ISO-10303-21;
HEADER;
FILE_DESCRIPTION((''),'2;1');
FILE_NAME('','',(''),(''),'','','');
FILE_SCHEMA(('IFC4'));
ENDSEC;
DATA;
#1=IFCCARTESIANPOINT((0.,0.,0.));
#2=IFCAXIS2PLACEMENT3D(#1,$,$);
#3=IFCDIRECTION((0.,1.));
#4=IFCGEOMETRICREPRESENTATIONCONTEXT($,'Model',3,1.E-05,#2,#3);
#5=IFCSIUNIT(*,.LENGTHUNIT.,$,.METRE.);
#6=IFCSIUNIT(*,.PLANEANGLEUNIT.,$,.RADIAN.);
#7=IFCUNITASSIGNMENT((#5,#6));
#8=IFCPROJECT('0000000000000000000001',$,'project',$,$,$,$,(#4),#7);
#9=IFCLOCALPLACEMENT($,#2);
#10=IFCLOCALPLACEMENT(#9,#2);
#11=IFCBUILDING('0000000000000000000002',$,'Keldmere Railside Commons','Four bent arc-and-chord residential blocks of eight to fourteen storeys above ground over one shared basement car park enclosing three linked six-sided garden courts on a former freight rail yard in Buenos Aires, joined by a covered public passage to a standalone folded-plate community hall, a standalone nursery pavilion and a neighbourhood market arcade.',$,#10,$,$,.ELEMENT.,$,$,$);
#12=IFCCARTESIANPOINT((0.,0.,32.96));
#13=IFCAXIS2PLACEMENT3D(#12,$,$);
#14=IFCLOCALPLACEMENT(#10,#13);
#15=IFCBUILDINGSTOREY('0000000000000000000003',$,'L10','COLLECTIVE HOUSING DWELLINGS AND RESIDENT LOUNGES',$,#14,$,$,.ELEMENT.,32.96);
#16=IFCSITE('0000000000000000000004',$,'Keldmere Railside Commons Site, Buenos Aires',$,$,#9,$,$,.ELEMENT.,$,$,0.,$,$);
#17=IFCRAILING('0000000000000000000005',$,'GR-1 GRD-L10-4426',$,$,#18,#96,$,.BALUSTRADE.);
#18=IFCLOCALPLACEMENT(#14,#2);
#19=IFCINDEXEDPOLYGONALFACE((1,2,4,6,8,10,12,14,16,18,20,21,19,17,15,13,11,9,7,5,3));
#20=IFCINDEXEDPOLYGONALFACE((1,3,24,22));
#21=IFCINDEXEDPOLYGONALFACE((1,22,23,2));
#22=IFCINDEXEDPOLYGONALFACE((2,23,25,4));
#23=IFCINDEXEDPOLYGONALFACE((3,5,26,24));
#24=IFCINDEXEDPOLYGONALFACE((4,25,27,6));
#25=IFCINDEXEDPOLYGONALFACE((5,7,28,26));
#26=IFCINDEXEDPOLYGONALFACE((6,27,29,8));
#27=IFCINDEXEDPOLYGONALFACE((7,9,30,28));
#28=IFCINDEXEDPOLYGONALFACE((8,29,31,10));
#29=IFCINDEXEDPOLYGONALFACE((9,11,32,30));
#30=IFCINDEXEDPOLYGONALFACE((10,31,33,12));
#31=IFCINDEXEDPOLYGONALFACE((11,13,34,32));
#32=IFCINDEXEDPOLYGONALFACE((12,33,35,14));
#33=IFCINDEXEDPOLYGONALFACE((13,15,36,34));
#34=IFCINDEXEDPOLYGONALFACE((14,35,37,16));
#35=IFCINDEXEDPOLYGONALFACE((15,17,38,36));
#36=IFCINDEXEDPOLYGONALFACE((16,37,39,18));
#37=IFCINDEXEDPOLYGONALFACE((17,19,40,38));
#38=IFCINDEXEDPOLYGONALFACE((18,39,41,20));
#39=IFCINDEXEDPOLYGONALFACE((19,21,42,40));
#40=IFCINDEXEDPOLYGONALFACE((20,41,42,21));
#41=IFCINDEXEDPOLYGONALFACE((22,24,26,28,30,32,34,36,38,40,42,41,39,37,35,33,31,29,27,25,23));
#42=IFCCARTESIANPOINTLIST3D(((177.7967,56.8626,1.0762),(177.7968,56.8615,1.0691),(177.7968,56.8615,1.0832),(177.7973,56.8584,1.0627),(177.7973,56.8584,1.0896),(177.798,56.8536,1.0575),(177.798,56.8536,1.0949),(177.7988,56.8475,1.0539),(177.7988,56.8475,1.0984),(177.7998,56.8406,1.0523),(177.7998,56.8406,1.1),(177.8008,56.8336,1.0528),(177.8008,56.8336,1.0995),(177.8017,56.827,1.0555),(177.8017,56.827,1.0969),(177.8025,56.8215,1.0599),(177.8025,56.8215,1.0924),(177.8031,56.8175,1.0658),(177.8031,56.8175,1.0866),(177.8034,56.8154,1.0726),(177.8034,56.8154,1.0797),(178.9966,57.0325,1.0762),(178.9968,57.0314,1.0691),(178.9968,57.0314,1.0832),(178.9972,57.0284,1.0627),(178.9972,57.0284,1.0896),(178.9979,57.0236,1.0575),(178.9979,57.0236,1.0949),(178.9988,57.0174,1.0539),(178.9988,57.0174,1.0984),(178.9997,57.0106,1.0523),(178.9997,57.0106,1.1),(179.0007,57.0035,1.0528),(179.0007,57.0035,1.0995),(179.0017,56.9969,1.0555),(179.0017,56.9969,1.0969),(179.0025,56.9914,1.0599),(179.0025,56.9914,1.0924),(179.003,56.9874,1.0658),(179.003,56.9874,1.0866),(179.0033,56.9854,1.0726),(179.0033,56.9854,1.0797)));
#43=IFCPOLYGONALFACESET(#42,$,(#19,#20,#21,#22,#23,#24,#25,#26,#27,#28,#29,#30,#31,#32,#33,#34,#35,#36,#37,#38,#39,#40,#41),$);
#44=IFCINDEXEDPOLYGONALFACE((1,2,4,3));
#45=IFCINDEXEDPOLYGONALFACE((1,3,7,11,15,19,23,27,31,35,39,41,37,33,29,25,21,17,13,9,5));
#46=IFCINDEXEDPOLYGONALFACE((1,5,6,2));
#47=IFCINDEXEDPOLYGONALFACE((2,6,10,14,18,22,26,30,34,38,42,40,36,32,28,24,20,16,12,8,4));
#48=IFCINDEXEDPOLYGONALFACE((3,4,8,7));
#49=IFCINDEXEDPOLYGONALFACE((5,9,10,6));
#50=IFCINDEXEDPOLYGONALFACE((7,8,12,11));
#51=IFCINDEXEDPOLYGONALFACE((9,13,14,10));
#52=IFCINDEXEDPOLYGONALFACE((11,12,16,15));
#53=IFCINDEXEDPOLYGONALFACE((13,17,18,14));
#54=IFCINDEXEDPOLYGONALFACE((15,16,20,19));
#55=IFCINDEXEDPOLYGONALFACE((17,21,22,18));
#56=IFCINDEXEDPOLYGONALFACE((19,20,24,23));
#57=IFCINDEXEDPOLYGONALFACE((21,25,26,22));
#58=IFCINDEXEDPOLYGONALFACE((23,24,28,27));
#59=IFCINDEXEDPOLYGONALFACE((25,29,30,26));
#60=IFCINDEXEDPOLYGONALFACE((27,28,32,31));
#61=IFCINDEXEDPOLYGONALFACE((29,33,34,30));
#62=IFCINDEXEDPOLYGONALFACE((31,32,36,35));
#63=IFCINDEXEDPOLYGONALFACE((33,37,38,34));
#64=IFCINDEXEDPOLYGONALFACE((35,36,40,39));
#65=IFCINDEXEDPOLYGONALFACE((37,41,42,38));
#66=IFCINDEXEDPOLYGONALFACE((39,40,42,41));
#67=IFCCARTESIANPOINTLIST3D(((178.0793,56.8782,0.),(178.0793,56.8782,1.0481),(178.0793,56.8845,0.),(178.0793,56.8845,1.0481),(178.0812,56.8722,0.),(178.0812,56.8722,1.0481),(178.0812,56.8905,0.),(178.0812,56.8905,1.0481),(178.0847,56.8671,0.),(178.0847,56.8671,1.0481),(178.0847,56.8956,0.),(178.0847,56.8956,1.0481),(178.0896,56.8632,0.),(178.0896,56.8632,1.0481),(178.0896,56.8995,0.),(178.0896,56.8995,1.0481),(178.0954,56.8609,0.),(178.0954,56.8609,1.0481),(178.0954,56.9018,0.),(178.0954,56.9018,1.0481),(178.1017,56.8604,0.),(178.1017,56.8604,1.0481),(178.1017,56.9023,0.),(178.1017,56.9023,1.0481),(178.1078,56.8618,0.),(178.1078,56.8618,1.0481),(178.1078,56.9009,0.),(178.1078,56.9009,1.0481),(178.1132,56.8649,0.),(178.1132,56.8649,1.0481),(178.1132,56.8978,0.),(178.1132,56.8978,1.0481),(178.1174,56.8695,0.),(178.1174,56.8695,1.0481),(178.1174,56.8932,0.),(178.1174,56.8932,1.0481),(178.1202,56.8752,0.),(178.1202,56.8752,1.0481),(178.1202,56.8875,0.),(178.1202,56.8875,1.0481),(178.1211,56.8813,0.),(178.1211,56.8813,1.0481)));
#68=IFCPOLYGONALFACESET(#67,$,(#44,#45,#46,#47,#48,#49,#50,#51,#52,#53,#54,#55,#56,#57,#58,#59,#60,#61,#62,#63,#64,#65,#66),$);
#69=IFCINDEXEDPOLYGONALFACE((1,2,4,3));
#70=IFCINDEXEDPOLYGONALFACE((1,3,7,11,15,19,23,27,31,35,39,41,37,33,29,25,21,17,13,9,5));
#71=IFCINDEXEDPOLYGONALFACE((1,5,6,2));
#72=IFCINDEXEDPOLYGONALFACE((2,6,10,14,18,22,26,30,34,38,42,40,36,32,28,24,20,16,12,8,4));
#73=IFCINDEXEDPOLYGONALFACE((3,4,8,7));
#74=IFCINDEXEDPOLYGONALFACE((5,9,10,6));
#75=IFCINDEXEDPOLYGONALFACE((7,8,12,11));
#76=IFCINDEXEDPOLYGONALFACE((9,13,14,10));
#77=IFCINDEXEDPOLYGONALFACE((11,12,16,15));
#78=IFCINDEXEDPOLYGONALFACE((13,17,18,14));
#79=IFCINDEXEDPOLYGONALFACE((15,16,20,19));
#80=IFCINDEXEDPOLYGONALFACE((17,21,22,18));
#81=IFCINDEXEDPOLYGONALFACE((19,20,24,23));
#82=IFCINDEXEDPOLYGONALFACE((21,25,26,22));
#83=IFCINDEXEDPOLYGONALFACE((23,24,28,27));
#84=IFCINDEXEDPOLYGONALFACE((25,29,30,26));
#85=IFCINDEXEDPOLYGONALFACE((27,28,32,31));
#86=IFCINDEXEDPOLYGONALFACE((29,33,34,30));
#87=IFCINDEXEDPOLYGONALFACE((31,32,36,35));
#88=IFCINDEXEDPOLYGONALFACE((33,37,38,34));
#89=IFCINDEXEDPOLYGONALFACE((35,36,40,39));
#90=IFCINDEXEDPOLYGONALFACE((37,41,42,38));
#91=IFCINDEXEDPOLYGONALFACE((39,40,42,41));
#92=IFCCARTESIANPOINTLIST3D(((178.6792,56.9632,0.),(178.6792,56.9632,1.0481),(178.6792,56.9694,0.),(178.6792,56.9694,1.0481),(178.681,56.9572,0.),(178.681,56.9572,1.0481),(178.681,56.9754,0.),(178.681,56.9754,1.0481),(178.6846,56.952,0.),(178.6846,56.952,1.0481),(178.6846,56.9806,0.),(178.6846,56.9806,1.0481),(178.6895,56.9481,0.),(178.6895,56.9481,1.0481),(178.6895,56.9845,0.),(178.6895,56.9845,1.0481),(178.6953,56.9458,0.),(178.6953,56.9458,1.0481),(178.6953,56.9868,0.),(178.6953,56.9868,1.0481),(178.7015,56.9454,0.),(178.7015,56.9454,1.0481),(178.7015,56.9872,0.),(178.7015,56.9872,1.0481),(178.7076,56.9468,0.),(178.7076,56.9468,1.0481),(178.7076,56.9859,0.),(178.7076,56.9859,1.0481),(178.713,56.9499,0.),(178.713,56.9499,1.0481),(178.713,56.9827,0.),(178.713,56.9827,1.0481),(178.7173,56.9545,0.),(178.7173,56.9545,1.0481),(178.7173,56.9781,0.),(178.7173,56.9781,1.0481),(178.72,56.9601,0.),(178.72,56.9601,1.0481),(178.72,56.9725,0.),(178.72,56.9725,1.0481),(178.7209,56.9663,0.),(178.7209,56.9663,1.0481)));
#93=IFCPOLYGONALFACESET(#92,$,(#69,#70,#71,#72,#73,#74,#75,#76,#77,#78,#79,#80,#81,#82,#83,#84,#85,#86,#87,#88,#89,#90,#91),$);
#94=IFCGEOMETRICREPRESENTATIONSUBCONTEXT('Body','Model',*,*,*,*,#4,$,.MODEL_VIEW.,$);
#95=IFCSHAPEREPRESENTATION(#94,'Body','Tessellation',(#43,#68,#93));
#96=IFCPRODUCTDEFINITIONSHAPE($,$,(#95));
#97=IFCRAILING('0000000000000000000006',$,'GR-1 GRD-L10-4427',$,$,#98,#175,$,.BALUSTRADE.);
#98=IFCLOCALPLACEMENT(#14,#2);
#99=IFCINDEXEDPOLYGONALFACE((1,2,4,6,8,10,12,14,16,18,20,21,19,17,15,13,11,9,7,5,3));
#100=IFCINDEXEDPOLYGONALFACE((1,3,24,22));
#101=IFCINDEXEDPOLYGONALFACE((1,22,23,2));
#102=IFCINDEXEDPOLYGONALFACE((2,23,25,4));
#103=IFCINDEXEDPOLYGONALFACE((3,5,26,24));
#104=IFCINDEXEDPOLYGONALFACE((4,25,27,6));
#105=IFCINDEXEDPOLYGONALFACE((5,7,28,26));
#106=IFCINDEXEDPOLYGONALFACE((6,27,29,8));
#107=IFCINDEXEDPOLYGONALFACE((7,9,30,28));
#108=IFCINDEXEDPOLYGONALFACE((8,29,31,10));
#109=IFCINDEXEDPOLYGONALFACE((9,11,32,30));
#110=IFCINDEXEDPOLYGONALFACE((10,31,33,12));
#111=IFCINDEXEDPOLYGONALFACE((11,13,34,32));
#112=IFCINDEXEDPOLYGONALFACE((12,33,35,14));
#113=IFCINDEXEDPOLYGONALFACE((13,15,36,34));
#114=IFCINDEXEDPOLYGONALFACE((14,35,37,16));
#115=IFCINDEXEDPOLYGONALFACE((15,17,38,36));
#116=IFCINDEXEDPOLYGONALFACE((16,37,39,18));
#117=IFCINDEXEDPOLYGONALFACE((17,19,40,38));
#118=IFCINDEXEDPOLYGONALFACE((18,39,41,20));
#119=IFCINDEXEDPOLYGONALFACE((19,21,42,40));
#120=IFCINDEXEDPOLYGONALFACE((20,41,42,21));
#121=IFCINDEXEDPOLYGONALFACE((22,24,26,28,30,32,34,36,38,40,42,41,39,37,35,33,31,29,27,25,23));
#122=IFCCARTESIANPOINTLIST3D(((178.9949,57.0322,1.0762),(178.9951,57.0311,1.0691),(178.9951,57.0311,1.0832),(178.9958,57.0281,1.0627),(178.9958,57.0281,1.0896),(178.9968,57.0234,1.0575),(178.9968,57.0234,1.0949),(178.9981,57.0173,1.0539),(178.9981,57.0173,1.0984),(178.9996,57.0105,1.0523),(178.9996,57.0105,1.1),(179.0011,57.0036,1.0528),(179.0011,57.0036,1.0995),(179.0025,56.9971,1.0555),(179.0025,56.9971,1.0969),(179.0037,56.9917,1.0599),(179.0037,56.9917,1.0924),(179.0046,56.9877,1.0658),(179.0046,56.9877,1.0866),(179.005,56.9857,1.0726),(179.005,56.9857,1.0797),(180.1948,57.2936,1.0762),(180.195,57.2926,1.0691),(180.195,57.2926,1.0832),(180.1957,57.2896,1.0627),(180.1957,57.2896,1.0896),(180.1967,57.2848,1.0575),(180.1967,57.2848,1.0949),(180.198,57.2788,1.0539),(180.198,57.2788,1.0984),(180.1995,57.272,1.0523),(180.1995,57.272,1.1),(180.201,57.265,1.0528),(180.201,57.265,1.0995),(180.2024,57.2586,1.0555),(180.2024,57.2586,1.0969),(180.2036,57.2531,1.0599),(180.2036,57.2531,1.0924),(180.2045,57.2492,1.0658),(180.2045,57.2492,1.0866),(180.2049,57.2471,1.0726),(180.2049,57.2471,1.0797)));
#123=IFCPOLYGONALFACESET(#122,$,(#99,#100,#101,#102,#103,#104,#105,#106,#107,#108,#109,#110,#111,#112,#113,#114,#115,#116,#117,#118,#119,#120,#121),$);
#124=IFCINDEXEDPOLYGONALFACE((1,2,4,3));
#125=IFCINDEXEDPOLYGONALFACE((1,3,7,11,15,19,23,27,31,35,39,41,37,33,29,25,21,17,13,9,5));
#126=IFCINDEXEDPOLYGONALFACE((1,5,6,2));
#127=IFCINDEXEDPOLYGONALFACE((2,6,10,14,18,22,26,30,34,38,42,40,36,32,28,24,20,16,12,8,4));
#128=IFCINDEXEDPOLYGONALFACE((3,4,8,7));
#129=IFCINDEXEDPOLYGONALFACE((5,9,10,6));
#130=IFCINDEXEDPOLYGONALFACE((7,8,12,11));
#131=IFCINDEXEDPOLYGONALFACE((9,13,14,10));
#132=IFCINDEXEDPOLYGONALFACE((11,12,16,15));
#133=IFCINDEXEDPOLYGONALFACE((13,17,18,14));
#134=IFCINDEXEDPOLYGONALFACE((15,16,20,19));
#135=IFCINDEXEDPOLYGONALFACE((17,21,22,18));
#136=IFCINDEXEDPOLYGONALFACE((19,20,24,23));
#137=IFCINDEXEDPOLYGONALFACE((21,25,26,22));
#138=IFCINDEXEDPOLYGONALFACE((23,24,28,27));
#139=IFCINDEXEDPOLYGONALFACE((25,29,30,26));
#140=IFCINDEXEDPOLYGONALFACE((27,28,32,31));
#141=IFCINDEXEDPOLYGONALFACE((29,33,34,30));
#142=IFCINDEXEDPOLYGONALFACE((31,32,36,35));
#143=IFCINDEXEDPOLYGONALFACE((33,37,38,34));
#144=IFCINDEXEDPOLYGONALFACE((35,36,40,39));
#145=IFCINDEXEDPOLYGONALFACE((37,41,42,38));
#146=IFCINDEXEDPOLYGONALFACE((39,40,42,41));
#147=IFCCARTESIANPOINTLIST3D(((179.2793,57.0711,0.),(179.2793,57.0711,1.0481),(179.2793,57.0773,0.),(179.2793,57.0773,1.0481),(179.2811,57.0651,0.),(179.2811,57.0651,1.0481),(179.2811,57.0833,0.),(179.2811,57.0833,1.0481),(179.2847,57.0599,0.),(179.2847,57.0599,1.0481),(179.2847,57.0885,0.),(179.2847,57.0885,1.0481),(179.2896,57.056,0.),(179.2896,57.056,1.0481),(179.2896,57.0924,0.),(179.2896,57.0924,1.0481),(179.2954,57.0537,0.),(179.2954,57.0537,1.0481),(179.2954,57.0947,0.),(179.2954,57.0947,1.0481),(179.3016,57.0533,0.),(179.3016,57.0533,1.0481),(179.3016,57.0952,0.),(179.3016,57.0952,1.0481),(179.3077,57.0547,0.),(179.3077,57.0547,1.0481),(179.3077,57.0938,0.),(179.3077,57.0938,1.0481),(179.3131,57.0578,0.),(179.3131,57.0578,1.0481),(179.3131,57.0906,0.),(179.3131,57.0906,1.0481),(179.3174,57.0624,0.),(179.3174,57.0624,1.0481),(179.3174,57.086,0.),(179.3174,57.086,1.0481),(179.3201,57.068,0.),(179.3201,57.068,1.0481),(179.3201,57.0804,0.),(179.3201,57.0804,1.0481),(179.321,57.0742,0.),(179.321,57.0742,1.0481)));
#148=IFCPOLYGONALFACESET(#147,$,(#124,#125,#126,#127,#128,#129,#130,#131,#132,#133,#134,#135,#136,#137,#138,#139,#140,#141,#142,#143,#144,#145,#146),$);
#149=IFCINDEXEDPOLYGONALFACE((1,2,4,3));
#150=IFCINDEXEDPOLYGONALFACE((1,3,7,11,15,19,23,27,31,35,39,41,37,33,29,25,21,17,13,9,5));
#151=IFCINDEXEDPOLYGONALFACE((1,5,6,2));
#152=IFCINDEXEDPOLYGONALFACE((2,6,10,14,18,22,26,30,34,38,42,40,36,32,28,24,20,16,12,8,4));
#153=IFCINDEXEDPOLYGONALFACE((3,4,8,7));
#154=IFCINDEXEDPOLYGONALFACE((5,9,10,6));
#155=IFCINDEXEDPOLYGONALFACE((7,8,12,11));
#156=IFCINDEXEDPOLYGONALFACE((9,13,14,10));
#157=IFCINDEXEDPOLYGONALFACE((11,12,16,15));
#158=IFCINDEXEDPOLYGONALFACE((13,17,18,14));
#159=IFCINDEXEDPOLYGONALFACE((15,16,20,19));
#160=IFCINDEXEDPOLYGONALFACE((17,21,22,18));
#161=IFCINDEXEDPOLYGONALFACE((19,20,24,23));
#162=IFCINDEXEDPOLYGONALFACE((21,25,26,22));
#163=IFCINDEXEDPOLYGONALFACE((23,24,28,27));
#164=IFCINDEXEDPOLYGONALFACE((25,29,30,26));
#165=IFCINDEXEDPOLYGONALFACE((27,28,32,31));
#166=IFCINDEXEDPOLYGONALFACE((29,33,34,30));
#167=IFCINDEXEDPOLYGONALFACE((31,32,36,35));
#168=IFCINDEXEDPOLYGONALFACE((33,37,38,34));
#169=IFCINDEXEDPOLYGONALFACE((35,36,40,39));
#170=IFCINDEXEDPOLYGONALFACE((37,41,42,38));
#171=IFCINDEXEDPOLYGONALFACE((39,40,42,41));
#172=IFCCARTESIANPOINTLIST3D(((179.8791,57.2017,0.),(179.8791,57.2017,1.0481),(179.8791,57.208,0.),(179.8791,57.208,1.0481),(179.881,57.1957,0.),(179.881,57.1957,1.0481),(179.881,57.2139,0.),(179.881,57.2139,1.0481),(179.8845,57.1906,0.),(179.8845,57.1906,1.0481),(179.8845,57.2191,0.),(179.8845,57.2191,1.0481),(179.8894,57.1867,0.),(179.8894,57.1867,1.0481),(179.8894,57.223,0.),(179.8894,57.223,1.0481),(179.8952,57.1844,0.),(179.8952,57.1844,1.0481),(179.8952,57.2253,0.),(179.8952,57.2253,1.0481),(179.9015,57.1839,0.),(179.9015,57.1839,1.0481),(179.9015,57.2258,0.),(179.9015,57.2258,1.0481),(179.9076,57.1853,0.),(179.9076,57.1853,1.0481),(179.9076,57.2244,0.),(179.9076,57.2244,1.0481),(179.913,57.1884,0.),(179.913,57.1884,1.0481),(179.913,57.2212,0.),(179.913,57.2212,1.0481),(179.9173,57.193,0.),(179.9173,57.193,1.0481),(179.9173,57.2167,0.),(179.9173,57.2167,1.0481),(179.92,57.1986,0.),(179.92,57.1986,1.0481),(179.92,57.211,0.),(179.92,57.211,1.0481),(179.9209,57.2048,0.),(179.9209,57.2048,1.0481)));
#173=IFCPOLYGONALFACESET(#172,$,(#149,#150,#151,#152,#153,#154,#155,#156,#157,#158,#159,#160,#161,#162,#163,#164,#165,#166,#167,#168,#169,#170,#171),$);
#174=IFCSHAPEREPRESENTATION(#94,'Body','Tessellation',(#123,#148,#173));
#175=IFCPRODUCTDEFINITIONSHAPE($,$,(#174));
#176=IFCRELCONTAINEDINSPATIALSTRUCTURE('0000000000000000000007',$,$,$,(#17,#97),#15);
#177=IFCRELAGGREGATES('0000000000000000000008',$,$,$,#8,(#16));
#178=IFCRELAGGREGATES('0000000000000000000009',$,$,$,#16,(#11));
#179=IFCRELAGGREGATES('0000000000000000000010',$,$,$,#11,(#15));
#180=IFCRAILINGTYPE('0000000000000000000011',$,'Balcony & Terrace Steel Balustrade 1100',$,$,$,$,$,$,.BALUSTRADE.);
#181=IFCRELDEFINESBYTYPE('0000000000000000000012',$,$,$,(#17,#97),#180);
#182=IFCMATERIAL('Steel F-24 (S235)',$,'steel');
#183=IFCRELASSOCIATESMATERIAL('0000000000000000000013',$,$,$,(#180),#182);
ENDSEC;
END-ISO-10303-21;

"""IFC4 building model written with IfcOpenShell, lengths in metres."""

from ifc_helpers import new_model, si_unit, direction, frame, origin, origin_2d, place, context, subcontext, project, spatial, circle, extrude, material, type_object, element, save


model = new_model("IFC4")

# Units and contexts
model_context = context("Model", 3, precision=1e-05, world=origin(), true_north=direction((0.0, 1.0)))
body_context = subcontext(model_context, "Body", "Model", "MODEL_VIEW")
ifc_project = project(units=[si_unit("LENGTHUNIT", "METRE"), si_unit("PLANEANGLEUNIT", "RADIAN")], contexts=[model_context])

# Site, building, storey
site_placement = place(None, origin())
site = spatial("IfcSite", under=ifc_project, at=site_placement, Name="Keldmere Railside Commons Site, Buenos Aires", CompositionType="ELEMENT", RefElevation=0.0)
building_placement = place(site_placement, origin())
building = spatial("IfcBuilding", under=site, at=building_placement, Name="Keldmere Railside Commons", Description="Four bent arc-and-chord residential blocks of eight to fourteen storeys above ground over one shared basement car park enclosing three linked six-sided garden courts on a former freight rail yard in Buenos Aires, joined by a covered public passage to a standalone folded-plate community hall, a standalone nursery pavilion and a neighbourhood market arcade.", CompositionType="ELEMENT")
storey_placement = place(building_placement, frame((0.0, 0.0, 32.96)))
storey = spatial("IfcBuildingStorey", under=building, at=storey_placement, Name="L10", Description="COLLECTIVE HOUSING DWELLINGS AND RESIDENT LOUNGES", CompositionType="ELEMENT", Elevation=32.96)

# Shared definitions
ifc_material_1 = material(Name="Steel F-24 (S235)", Category="steel")

# Railings
railing_type_1 = type_object("IfcRailingType", Name="Balcony & Terrace Steel Balustrade 1100", PredefinedType="BALUSTRADE", material=ifc_material_1)
railing_1_placement = place(storey_placement, frame((177.8, 56.8389, 0.0)))
element("IfcRailing", 1, at=railing_1_placement, inside=storey, type_object=railing_type_1, Name="GR-1 GRD-L10-4426", PredefinedType="BALUSTRADE", context=body_context, shape_type="SweptSolid", body=[
    extrude(circle(Radius=0.0239, at=origin_2d()), frame((0.0, 0.0, 1.0762), z_axis=(0.990122, 0.140209, 0.0), x_axis=(-0.140209, 0.990122, 0.0)), (0.0, 0.0, 1.0), 1.2119),
    extrude(circle(Radius=0.021, at=origin_2d()), frame((0.3, 0.0425, 0.0)), (0.0, 0.0, 1.0), 1.0481),
    extrude(circle(Radius=0.021, at=origin_2d()), frame((0.8999, 0.1274, 0.0)), (0.0, 0.0, 1.0), 1.0481),
])
railing_2_placement = place(storey_placement, frame((179.0, 57.0088, 0.0)))
element("IfcRailing", 2, at=railing_2_placement, inside=storey, type_object=railing_type_1, Name="GR-1 GRD-L10-4427", PredefinedType="BALUSTRADE", context=body_context, shape_type="SweptSolid", body=[
    extrude(circle(Radius=0.0239, at=origin_2d()), frame((0.0, 0.0, 1.0762), z_axis=(0.977072, 0.212908, 0.0), x_axis=(-0.212908, 0.977072, 0.0)), (0.0, 0.0, 1.0), 1.228),
    extrude(circle(Radius=0.021, at=origin_2d()), frame((0.3, 0.0654, 0.0)), (0.0, 0.0, 1.0), 1.0481),
    extrude(circle(Radius=0.021, at=origin_2d()), frame((0.8999, 0.196, 0.0)), (0.0, 0.0, 1.0), 1.0481),
])

save(model, "model.ifc")
